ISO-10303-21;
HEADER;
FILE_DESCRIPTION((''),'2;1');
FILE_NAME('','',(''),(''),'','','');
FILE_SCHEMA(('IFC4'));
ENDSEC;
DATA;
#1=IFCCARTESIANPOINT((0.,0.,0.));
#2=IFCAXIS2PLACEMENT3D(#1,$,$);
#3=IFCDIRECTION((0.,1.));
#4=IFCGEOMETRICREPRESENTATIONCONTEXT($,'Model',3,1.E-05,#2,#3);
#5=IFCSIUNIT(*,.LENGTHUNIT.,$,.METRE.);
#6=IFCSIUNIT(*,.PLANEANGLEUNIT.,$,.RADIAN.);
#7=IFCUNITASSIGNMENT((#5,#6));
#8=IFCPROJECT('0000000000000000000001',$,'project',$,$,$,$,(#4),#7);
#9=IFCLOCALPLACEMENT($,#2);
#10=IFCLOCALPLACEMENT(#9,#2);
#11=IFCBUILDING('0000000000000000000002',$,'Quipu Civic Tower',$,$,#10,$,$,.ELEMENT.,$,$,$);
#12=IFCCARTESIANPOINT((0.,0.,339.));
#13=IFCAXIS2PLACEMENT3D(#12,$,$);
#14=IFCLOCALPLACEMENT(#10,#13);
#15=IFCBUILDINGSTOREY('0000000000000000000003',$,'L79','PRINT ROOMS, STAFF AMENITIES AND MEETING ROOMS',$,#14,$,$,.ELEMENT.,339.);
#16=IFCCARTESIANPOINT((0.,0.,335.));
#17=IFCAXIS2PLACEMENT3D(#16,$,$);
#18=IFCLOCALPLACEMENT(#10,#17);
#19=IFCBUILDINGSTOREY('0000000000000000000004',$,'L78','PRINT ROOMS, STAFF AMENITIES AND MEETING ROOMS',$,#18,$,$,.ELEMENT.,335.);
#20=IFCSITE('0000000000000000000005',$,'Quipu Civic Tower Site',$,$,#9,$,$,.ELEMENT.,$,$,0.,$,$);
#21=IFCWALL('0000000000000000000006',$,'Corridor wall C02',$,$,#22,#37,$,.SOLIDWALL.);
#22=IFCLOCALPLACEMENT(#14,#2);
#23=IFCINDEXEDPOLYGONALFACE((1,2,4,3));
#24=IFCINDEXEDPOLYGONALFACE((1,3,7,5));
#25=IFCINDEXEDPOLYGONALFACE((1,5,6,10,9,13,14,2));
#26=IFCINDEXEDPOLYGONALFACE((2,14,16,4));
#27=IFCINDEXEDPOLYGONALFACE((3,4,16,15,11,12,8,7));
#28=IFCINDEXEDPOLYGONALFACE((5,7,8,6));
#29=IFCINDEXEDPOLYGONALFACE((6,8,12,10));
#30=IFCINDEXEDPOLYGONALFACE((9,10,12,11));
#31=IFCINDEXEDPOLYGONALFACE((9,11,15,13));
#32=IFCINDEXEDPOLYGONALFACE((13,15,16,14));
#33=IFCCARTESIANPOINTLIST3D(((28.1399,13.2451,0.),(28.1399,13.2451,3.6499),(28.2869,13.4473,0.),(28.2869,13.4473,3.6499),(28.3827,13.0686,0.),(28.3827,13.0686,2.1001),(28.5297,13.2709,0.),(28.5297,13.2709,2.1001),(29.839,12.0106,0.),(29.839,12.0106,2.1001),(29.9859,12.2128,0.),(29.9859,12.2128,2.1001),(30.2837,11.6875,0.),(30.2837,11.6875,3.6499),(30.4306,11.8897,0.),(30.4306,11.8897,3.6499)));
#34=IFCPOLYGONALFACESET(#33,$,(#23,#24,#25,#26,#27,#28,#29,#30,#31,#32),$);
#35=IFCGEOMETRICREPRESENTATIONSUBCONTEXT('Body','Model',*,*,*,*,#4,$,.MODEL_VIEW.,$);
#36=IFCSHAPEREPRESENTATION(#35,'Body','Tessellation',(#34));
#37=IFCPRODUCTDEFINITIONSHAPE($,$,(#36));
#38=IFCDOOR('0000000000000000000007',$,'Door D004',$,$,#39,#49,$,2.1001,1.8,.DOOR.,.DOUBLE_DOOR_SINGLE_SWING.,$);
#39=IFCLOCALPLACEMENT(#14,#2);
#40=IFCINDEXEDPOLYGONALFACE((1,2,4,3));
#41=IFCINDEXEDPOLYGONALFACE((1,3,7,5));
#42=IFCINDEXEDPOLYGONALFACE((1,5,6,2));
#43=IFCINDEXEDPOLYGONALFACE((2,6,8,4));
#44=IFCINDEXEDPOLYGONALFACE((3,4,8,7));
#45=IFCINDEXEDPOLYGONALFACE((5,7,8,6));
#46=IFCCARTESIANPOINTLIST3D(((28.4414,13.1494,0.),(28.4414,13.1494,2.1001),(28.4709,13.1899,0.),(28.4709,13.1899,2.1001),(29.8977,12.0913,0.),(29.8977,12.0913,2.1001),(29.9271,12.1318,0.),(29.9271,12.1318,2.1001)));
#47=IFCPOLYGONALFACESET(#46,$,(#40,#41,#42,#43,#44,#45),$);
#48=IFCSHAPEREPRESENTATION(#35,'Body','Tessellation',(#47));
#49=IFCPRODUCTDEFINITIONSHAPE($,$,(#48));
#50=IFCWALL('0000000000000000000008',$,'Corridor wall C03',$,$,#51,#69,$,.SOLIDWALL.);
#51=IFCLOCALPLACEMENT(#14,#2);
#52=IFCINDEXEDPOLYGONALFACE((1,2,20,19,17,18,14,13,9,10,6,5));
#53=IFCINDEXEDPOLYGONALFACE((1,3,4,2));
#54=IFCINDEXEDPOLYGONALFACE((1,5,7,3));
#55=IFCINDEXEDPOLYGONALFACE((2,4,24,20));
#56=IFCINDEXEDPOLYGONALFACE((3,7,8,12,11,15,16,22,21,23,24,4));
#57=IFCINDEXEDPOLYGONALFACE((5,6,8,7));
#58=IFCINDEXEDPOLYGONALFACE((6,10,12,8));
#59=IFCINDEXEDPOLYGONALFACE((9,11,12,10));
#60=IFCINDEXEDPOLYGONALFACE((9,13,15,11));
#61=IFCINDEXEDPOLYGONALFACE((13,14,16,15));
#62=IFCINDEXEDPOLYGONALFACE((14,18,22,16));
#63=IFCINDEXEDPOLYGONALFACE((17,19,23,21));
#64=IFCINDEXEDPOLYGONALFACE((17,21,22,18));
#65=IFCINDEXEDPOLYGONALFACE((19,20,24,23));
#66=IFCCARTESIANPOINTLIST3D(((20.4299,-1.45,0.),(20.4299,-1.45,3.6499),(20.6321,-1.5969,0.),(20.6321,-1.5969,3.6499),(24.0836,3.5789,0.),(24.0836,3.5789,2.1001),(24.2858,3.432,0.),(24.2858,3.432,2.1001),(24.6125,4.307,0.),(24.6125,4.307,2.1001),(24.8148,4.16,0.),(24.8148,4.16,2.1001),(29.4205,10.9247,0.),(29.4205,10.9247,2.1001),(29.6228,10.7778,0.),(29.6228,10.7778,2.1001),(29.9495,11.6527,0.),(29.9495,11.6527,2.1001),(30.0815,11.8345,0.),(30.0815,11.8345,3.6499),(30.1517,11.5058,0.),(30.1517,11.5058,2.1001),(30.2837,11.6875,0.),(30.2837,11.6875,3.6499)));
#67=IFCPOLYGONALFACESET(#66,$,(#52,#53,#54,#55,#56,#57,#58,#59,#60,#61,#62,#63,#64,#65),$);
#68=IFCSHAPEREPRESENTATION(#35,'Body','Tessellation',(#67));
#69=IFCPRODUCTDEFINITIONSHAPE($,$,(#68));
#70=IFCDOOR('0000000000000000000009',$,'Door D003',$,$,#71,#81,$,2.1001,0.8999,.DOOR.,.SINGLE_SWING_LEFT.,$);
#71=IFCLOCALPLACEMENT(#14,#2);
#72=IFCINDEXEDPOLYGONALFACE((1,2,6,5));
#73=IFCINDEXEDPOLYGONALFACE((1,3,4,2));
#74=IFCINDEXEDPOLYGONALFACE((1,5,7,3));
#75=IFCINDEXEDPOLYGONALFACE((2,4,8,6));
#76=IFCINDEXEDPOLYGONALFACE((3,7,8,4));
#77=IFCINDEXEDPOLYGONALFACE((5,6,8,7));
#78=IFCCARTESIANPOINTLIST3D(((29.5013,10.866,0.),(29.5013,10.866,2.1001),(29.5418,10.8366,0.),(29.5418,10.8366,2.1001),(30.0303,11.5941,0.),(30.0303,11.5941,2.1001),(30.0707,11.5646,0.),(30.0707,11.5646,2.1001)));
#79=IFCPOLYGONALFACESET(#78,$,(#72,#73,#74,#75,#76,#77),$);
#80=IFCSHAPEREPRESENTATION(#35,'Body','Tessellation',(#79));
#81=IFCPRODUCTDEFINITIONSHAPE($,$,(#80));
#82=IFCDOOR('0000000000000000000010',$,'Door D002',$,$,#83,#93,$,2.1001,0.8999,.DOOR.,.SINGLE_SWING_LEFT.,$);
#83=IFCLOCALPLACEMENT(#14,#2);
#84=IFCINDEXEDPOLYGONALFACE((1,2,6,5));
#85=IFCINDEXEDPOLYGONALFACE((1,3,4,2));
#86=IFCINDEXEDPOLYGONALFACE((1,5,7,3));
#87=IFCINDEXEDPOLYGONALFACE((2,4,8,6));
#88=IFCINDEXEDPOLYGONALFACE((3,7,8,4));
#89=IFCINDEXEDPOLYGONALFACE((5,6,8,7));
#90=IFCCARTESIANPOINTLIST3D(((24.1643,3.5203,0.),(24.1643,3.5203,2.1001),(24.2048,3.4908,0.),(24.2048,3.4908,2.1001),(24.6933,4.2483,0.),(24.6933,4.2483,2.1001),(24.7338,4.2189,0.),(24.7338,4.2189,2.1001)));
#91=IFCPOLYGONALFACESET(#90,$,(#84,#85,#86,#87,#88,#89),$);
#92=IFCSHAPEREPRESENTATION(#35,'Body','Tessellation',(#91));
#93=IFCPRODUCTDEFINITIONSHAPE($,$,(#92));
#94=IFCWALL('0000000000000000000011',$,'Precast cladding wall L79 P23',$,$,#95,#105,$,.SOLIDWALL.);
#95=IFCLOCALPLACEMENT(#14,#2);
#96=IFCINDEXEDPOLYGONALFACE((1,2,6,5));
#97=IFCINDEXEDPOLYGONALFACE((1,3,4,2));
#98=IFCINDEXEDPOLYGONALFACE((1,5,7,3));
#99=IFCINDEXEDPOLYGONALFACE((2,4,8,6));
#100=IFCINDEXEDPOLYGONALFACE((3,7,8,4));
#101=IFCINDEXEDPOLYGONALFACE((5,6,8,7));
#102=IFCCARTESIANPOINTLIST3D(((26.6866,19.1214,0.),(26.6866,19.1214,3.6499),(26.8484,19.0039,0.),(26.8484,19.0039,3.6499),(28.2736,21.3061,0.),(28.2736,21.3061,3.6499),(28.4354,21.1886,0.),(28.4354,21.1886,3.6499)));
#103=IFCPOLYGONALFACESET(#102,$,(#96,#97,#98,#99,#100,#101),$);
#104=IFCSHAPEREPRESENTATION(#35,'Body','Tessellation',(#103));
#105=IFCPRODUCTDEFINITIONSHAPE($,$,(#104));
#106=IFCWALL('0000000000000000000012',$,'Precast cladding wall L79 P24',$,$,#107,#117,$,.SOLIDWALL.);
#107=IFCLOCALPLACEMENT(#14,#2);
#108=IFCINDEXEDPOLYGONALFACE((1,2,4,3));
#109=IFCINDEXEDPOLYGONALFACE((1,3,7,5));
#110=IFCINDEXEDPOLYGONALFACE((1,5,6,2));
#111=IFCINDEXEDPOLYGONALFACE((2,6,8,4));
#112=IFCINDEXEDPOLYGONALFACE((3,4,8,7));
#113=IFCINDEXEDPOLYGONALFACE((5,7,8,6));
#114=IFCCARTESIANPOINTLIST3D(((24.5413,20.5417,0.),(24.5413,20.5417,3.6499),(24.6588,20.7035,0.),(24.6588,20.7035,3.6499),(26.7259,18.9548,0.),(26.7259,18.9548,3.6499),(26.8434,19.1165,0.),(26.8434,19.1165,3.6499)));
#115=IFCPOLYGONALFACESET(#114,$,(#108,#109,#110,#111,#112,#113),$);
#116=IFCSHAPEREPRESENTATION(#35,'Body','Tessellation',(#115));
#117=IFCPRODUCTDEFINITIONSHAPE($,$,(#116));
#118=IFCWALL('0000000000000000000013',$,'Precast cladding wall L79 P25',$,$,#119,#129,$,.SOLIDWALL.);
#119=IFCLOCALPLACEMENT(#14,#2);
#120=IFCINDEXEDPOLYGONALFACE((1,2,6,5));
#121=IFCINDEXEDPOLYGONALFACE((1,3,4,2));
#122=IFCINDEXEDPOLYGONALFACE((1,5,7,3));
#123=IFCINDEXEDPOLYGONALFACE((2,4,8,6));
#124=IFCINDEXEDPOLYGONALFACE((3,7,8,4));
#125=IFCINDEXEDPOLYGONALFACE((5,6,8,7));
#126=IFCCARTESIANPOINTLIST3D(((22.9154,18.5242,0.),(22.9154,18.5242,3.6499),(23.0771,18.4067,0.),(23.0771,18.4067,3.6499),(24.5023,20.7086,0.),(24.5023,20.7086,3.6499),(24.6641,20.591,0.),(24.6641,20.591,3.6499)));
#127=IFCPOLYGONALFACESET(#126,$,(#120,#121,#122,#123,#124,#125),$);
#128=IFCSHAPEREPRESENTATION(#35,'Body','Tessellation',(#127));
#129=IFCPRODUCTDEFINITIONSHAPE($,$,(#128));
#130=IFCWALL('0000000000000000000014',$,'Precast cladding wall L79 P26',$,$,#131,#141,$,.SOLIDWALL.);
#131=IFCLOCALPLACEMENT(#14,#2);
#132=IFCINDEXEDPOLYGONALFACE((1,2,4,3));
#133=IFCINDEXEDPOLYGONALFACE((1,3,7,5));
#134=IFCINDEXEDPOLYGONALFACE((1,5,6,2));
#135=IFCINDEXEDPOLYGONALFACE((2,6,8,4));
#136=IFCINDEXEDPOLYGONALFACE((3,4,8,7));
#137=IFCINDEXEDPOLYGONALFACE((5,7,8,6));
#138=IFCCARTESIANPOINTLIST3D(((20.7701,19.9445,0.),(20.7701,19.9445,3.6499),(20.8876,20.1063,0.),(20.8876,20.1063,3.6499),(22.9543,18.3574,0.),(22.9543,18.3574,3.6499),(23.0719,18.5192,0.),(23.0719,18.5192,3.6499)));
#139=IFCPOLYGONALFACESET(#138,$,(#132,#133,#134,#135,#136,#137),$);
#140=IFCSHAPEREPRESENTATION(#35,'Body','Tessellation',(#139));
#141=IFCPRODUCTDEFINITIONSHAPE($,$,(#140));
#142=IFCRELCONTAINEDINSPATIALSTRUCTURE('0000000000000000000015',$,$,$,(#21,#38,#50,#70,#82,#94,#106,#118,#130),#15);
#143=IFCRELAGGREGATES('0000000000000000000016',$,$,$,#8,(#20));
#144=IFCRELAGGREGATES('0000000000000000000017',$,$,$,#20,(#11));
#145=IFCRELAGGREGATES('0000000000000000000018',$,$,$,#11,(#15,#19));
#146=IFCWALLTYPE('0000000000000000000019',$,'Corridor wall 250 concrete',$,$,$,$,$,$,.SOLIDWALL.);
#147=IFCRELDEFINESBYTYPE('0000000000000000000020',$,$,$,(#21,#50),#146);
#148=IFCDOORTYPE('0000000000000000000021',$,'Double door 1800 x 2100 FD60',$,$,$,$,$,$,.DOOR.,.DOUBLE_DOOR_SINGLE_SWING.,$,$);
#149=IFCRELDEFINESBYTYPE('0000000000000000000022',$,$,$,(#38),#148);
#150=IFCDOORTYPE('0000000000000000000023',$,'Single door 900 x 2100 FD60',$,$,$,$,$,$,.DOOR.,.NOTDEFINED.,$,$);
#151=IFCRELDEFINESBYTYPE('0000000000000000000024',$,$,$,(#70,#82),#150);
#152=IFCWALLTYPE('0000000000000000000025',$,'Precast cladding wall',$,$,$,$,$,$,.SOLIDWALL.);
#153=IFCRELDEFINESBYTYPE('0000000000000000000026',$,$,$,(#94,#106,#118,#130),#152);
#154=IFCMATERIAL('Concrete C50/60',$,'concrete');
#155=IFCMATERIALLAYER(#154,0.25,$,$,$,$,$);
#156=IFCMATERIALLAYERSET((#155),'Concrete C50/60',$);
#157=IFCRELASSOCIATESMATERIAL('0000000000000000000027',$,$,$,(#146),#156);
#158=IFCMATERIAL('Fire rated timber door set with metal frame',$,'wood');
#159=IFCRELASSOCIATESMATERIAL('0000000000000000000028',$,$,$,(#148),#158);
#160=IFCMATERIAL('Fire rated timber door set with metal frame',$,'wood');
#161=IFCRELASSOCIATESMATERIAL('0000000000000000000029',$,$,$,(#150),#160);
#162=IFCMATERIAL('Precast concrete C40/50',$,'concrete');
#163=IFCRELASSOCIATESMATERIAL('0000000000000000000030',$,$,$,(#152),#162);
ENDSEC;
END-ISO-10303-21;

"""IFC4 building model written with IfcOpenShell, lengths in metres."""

from ifc_helpers import new_model, si_unit, direction, frame, frame_2d, origin, place, context, subcontext, project, spatial, rectangle, extrude, material, layer, layer_set, type_object, element, fill, save


model = new_model("IFC4")

# Units and contexts
model_context = context("Model", 3, precision=1e-05, world=origin(), true_north=direction((0.0, 1.0)))
body_context = subcontext(model_context, "Body", "Model", "MODEL_VIEW")
ifc_project = project(units=[si_unit("LENGTHUNIT", "METRE"), si_unit("PLANEANGLEUNIT", "RADIAN")], contexts=[model_context])

# Site, building, storey
site_placement = place(None, origin())
site = spatial("IfcSite", under=ifc_project, at=site_placement, Name="Quipu Civic Tower Site", CompositionType="ELEMENT", RefElevation=0.0)
building_placement = place(site_placement, origin())
building = spatial("IfcBuilding", under=site, at=building_placement, Name="Quipu Civic Tower", CompositionType="ELEMENT")
storey_1_placement = place(building_placement, frame((0.0, 0.0, 339.0)))
storey_1 = spatial("IfcBuildingStorey", under=building, at=storey_1_placement, Name="L79", Description="PRINT ROOMS, STAFF AMENITIES AND MEETING ROOMS", CompositionType="ELEMENT", Elevation=339.0)

# Shared definitions
storey_2_placement = place(building_placement, frame((0.0, 0.0, 335.0)))
storey_2 = spatial("IfcBuildingStorey", under=building, at=storey_2_placement, Name="L78", Description="PRINT ROOMS, STAFF AMENITIES AND MEETING ROOMS", CompositionType="ELEMENT", Elevation=335.0)

# Wall, opening, door
ifc_material_1 = material(Name="Concrete C50/60", Category="concrete")
ifc_layer_1 = layer(ifc_material_1, 0.25)
ifc_layer_set_1 = layer_set([ifc_layer_1], Name="Concrete C50/60")
wall_type_1 = type_object("IfcWallType", Name="Corridor wall 250 concrete", PredefinedType="SOLIDWALL", material=ifc_layer_set_1)
wall_1_placement = place(storey_1_placement, frame((28.2134, 13.3462, 0.0), z_axis=(0.0, 0.0, 1.0), x_axis=(0.809007, -0.587799, 0.0)))
wall_1 = element("IfcWall", 1, at=wall_1_placement, inside=storey_1, type_object=wall_type_1, Name="Corridor wall C02", PredefinedType="SOLIDWALL", context=body_context, shape_type="SweptSolid", body=[
    extrude(rectangle(XDim=2.6499, YDim=0.25, at=frame_2d((1.325, 0.0))), origin(), (0.0, 0.0, 1.0), 3.6499),
])
opening_1_placement = place(wall_1_placement, frame((0.3003, 0.0, 0.0)))
opening_1 = element("IfcOpeningElement", 2, at=opening_1_placement, cuts=wall_1, PredefinedType="OPENING", context=body_context, shape_type="SweptSolid", body=[
    extrude(rectangle(XDim=1.8, YDim=2.1001, at=frame_2d((0.8999, 1.05))), frame((0.0, 0.135, 0.0), z_axis=(0.0, -1.0, 0.0), x_axis=(1.0, 0.0, 0.0)), (0.0, 0.0, 1.0), 0.27),
])
ifc_material_2 = material(Name="Fire rated timber door set with metal frame", Category="wood")
door_type_1 = type_object("IfcDoorType", Name="Double door 1800 x 2100 FD60", OperationType="DOUBLE_DOOR_SINGLE_SWING", PredefinedType="DOOR", material=ifc_material_2)
door_1_placement = place(opening_1_placement, origin())
door_1 = element("IfcDoor", 3, at=door_1_placement, inside=storey_1, type_object=door_type_1, Name="Door D004", OperationType="DOUBLE_DOOR_SINGLE_SWING", OverallHeight=2.1001, OverallWidth=1.8, PredefinedType="DOOR", context=body_context, shape_type="SweptSolid", body=[
    extrude(rectangle(XDim=1.8, YDim=2.1001, at=frame_2d((0.8999, 1.05))), frame((0.0, 0.0249, 0.0), z_axis=(0.0, -1.0, 0.0), x_axis=(1.0, 0.0, 0.0)), (0.0, 0.0, 1.0), 0.05),
])
fill(opening_1, door_1)

# Wall, openings, doors
wall_2_placement = place(storey_1_placement, frame((30.1826, 11.761, 0.0), z_axis=(0.0, 0.0, 1.0), x_axis=(-0.587782, -0.80902, 0.0)))
wall_2 = element("IfcWall", 4, at=wall_2_placement, inside=storey_1, type_object=wall_type_1, Name="Corridor wall C03", PredefinedType="SOLIDWALL", context=body_context, shape_type="SweptSolid", body=[
    extrude(rectangle(XDim=16.4204, YDim=0.25, at=frame_2d((8.2102, 0.0))), origin(), (0.0, 0.0, 1.0), 3.6499),
])
opening_2_placement = place(wall_2_placement, frame((0.2246, 0.0, 0.0)))
opening_2 = element("IfcOpeningElement", 5, at=opening_2_placement, cuts=wall_2, PredefinedType="OPENING", context=body_context, shape_type="SweptSolid", body=[
    extrude(rectangle(XDim=0.8999, YDim=2.1001, at=frame_2d((0.45, 1.05))), frame((0.0, 0.135, 0.0), z_axis=(0.0, -1.0, 0.0), x_axis=(1.0, 0.0, 0.0)), (0.0, 0.0, 1.0), 0.27),
])
opening_3_placement = place(wall_2_placement, frame((9.3044, 0.0, 0.0)))
opening_3 = element("IfcOpeningElement", 6, at=opening_3_placement, cuts=wall_2, PredefinedType="OPENING", context=body_context, shape_type="SweptSolid", body=[
    extrude(rectangle(XDim=0.8999, YDim=2.1001, at=frame_2d((0.45, 1.05))), frame((0.0, 0.135, 0.0), z_axis=(0.0, -1.0, 0.0), x_axis=(1.0, 0.0, 0.0)), (0.0, 0.0, 1.0), 0.27),
])
ifc_material_3 = material(Name="Fire rated timber door set with metal frame", Category="wood")
door_type_2 = type_object("IfcDoorType", Name="Single door 900 x 2100 FD60", OperationType="NOTDEFINED", PredefinedType="DOOR", material=ifc_material_3)
door_2_placement = place(opening_2_placement, origin())
door_2 = element("IfcDoor", 7, at=door_2_placement, inside=storey_1, type_object=door_type_2, Name="Door D003", OperationType="SINGLE_SWING_LEFT", OverallHeight=2.1001, OverallWidth=0.8999, PredefinedType="DOOR", context=body_context, shape_type="SweptSolid", body=[
    extrude(rectangle(XDim=0.8999, YDim=2.1001, at=frame_2d((0.45, 1.05))), frame((0.0, 0.0249, 0.0), z_axis=(0.0, -1.0, 0.0), x_axis=(1.0, 0.0, 0.0)), (0.0, 0.0, 1.0), 0.05),
])
fill(opening_2, door_2)
door_3_placement = place(opening_3_placement, origin())
door_3 = element("IfcDoor", 8, at=door_3_placement, inside=storey_1, type_object=door_type_2, Name="Door D002", OperationType="SINGLE_SWING_LEFT", OverallHeight=2.1001, OverallWidth=0.8999, PredefinedType="DOOR", context=body_context, shape_type="SweptSolid", body=[
    extrude(rectangle(XDim=0.8999, YDim=2.1001, at=frame_2d((0.45, 1.05))), frame((0.0, 0.0249, 0.0), z_axis=(0.0, -1.0, 0.0), x_axis=(1.0, 0.0, 0.0)), (0.0, 0.0, 1.0), 0.05),
])
fill(opening_3, door_3)

# Walls
ifc_material_4 = material(Name="Precast concrete C40/50", Category="concrete")
wall_type_2 = type_object("IfcWallType", Name="Precast cladding wall", PredefinedType="SOLIDWALL", material=ifc_material_4)
for number, where, z_axis, x_axis, name in (
    (9, (28.3545, 21.2473, 0.0), (0.0, 0.0, 1.0), (-0.58772, -0.809064, 0.0), "Precast cladding wall L79 P23"),
    (10, (26.7847, 19.0356, 0.0), (0.0, 0.0, 1.0), (-0.809064, 0.58772, 0.0), "Precast cladding wall L79 P24"),
):
    element("IfcWall", number, at=place(storey_1_placement, frame(where, z_axis=z_axis, x_axis=x_axis)), inside=storey_1, type_object=wall_type_2, Name=name, PredefinedType="SOLIDWALL", context=body_context, shape_type="SweptSolid", body=[
        extrude(rectangle(XDim=2.7002, YDim=0.2, at=frame_2d((1.3501, 0.0))), origin(), (0.0, 0.0, 1.0), 3.6499),
    ])
for number, where, z_axis, x_axis, name in (
    (11, (24.5833, 20.6499, 0.0), (0.0, 0.0, 1.0), (-0.587763, -0.809033, 0.0), "Precast cladding wall L79 P25"),
    (12, (23.0132, 18.4382, 0.0), (0.0, 0.0, 1.0), (-0.80899, 0.587822, 0.0), "Precast cladding wall L79 P26"),
):
    element("IfcWall", number, at=place(storey_1_placement, frame(where, z_axis=z_axis, x_axis=x_axis)), inside=storey_1, type_object=wall_type_2, Name=name, PredefinedType="SOLIDWALL", context=body_context, shape_type="SweptSolid", body=[
        extrude(rectangle(XDim=2.7, YDim=0.2, at=frame_2d((1.3501, 0.0))), origin(), (0.0, 0.0, 1.0), 3.6499),
    ])

save(model, "model.ifc")
